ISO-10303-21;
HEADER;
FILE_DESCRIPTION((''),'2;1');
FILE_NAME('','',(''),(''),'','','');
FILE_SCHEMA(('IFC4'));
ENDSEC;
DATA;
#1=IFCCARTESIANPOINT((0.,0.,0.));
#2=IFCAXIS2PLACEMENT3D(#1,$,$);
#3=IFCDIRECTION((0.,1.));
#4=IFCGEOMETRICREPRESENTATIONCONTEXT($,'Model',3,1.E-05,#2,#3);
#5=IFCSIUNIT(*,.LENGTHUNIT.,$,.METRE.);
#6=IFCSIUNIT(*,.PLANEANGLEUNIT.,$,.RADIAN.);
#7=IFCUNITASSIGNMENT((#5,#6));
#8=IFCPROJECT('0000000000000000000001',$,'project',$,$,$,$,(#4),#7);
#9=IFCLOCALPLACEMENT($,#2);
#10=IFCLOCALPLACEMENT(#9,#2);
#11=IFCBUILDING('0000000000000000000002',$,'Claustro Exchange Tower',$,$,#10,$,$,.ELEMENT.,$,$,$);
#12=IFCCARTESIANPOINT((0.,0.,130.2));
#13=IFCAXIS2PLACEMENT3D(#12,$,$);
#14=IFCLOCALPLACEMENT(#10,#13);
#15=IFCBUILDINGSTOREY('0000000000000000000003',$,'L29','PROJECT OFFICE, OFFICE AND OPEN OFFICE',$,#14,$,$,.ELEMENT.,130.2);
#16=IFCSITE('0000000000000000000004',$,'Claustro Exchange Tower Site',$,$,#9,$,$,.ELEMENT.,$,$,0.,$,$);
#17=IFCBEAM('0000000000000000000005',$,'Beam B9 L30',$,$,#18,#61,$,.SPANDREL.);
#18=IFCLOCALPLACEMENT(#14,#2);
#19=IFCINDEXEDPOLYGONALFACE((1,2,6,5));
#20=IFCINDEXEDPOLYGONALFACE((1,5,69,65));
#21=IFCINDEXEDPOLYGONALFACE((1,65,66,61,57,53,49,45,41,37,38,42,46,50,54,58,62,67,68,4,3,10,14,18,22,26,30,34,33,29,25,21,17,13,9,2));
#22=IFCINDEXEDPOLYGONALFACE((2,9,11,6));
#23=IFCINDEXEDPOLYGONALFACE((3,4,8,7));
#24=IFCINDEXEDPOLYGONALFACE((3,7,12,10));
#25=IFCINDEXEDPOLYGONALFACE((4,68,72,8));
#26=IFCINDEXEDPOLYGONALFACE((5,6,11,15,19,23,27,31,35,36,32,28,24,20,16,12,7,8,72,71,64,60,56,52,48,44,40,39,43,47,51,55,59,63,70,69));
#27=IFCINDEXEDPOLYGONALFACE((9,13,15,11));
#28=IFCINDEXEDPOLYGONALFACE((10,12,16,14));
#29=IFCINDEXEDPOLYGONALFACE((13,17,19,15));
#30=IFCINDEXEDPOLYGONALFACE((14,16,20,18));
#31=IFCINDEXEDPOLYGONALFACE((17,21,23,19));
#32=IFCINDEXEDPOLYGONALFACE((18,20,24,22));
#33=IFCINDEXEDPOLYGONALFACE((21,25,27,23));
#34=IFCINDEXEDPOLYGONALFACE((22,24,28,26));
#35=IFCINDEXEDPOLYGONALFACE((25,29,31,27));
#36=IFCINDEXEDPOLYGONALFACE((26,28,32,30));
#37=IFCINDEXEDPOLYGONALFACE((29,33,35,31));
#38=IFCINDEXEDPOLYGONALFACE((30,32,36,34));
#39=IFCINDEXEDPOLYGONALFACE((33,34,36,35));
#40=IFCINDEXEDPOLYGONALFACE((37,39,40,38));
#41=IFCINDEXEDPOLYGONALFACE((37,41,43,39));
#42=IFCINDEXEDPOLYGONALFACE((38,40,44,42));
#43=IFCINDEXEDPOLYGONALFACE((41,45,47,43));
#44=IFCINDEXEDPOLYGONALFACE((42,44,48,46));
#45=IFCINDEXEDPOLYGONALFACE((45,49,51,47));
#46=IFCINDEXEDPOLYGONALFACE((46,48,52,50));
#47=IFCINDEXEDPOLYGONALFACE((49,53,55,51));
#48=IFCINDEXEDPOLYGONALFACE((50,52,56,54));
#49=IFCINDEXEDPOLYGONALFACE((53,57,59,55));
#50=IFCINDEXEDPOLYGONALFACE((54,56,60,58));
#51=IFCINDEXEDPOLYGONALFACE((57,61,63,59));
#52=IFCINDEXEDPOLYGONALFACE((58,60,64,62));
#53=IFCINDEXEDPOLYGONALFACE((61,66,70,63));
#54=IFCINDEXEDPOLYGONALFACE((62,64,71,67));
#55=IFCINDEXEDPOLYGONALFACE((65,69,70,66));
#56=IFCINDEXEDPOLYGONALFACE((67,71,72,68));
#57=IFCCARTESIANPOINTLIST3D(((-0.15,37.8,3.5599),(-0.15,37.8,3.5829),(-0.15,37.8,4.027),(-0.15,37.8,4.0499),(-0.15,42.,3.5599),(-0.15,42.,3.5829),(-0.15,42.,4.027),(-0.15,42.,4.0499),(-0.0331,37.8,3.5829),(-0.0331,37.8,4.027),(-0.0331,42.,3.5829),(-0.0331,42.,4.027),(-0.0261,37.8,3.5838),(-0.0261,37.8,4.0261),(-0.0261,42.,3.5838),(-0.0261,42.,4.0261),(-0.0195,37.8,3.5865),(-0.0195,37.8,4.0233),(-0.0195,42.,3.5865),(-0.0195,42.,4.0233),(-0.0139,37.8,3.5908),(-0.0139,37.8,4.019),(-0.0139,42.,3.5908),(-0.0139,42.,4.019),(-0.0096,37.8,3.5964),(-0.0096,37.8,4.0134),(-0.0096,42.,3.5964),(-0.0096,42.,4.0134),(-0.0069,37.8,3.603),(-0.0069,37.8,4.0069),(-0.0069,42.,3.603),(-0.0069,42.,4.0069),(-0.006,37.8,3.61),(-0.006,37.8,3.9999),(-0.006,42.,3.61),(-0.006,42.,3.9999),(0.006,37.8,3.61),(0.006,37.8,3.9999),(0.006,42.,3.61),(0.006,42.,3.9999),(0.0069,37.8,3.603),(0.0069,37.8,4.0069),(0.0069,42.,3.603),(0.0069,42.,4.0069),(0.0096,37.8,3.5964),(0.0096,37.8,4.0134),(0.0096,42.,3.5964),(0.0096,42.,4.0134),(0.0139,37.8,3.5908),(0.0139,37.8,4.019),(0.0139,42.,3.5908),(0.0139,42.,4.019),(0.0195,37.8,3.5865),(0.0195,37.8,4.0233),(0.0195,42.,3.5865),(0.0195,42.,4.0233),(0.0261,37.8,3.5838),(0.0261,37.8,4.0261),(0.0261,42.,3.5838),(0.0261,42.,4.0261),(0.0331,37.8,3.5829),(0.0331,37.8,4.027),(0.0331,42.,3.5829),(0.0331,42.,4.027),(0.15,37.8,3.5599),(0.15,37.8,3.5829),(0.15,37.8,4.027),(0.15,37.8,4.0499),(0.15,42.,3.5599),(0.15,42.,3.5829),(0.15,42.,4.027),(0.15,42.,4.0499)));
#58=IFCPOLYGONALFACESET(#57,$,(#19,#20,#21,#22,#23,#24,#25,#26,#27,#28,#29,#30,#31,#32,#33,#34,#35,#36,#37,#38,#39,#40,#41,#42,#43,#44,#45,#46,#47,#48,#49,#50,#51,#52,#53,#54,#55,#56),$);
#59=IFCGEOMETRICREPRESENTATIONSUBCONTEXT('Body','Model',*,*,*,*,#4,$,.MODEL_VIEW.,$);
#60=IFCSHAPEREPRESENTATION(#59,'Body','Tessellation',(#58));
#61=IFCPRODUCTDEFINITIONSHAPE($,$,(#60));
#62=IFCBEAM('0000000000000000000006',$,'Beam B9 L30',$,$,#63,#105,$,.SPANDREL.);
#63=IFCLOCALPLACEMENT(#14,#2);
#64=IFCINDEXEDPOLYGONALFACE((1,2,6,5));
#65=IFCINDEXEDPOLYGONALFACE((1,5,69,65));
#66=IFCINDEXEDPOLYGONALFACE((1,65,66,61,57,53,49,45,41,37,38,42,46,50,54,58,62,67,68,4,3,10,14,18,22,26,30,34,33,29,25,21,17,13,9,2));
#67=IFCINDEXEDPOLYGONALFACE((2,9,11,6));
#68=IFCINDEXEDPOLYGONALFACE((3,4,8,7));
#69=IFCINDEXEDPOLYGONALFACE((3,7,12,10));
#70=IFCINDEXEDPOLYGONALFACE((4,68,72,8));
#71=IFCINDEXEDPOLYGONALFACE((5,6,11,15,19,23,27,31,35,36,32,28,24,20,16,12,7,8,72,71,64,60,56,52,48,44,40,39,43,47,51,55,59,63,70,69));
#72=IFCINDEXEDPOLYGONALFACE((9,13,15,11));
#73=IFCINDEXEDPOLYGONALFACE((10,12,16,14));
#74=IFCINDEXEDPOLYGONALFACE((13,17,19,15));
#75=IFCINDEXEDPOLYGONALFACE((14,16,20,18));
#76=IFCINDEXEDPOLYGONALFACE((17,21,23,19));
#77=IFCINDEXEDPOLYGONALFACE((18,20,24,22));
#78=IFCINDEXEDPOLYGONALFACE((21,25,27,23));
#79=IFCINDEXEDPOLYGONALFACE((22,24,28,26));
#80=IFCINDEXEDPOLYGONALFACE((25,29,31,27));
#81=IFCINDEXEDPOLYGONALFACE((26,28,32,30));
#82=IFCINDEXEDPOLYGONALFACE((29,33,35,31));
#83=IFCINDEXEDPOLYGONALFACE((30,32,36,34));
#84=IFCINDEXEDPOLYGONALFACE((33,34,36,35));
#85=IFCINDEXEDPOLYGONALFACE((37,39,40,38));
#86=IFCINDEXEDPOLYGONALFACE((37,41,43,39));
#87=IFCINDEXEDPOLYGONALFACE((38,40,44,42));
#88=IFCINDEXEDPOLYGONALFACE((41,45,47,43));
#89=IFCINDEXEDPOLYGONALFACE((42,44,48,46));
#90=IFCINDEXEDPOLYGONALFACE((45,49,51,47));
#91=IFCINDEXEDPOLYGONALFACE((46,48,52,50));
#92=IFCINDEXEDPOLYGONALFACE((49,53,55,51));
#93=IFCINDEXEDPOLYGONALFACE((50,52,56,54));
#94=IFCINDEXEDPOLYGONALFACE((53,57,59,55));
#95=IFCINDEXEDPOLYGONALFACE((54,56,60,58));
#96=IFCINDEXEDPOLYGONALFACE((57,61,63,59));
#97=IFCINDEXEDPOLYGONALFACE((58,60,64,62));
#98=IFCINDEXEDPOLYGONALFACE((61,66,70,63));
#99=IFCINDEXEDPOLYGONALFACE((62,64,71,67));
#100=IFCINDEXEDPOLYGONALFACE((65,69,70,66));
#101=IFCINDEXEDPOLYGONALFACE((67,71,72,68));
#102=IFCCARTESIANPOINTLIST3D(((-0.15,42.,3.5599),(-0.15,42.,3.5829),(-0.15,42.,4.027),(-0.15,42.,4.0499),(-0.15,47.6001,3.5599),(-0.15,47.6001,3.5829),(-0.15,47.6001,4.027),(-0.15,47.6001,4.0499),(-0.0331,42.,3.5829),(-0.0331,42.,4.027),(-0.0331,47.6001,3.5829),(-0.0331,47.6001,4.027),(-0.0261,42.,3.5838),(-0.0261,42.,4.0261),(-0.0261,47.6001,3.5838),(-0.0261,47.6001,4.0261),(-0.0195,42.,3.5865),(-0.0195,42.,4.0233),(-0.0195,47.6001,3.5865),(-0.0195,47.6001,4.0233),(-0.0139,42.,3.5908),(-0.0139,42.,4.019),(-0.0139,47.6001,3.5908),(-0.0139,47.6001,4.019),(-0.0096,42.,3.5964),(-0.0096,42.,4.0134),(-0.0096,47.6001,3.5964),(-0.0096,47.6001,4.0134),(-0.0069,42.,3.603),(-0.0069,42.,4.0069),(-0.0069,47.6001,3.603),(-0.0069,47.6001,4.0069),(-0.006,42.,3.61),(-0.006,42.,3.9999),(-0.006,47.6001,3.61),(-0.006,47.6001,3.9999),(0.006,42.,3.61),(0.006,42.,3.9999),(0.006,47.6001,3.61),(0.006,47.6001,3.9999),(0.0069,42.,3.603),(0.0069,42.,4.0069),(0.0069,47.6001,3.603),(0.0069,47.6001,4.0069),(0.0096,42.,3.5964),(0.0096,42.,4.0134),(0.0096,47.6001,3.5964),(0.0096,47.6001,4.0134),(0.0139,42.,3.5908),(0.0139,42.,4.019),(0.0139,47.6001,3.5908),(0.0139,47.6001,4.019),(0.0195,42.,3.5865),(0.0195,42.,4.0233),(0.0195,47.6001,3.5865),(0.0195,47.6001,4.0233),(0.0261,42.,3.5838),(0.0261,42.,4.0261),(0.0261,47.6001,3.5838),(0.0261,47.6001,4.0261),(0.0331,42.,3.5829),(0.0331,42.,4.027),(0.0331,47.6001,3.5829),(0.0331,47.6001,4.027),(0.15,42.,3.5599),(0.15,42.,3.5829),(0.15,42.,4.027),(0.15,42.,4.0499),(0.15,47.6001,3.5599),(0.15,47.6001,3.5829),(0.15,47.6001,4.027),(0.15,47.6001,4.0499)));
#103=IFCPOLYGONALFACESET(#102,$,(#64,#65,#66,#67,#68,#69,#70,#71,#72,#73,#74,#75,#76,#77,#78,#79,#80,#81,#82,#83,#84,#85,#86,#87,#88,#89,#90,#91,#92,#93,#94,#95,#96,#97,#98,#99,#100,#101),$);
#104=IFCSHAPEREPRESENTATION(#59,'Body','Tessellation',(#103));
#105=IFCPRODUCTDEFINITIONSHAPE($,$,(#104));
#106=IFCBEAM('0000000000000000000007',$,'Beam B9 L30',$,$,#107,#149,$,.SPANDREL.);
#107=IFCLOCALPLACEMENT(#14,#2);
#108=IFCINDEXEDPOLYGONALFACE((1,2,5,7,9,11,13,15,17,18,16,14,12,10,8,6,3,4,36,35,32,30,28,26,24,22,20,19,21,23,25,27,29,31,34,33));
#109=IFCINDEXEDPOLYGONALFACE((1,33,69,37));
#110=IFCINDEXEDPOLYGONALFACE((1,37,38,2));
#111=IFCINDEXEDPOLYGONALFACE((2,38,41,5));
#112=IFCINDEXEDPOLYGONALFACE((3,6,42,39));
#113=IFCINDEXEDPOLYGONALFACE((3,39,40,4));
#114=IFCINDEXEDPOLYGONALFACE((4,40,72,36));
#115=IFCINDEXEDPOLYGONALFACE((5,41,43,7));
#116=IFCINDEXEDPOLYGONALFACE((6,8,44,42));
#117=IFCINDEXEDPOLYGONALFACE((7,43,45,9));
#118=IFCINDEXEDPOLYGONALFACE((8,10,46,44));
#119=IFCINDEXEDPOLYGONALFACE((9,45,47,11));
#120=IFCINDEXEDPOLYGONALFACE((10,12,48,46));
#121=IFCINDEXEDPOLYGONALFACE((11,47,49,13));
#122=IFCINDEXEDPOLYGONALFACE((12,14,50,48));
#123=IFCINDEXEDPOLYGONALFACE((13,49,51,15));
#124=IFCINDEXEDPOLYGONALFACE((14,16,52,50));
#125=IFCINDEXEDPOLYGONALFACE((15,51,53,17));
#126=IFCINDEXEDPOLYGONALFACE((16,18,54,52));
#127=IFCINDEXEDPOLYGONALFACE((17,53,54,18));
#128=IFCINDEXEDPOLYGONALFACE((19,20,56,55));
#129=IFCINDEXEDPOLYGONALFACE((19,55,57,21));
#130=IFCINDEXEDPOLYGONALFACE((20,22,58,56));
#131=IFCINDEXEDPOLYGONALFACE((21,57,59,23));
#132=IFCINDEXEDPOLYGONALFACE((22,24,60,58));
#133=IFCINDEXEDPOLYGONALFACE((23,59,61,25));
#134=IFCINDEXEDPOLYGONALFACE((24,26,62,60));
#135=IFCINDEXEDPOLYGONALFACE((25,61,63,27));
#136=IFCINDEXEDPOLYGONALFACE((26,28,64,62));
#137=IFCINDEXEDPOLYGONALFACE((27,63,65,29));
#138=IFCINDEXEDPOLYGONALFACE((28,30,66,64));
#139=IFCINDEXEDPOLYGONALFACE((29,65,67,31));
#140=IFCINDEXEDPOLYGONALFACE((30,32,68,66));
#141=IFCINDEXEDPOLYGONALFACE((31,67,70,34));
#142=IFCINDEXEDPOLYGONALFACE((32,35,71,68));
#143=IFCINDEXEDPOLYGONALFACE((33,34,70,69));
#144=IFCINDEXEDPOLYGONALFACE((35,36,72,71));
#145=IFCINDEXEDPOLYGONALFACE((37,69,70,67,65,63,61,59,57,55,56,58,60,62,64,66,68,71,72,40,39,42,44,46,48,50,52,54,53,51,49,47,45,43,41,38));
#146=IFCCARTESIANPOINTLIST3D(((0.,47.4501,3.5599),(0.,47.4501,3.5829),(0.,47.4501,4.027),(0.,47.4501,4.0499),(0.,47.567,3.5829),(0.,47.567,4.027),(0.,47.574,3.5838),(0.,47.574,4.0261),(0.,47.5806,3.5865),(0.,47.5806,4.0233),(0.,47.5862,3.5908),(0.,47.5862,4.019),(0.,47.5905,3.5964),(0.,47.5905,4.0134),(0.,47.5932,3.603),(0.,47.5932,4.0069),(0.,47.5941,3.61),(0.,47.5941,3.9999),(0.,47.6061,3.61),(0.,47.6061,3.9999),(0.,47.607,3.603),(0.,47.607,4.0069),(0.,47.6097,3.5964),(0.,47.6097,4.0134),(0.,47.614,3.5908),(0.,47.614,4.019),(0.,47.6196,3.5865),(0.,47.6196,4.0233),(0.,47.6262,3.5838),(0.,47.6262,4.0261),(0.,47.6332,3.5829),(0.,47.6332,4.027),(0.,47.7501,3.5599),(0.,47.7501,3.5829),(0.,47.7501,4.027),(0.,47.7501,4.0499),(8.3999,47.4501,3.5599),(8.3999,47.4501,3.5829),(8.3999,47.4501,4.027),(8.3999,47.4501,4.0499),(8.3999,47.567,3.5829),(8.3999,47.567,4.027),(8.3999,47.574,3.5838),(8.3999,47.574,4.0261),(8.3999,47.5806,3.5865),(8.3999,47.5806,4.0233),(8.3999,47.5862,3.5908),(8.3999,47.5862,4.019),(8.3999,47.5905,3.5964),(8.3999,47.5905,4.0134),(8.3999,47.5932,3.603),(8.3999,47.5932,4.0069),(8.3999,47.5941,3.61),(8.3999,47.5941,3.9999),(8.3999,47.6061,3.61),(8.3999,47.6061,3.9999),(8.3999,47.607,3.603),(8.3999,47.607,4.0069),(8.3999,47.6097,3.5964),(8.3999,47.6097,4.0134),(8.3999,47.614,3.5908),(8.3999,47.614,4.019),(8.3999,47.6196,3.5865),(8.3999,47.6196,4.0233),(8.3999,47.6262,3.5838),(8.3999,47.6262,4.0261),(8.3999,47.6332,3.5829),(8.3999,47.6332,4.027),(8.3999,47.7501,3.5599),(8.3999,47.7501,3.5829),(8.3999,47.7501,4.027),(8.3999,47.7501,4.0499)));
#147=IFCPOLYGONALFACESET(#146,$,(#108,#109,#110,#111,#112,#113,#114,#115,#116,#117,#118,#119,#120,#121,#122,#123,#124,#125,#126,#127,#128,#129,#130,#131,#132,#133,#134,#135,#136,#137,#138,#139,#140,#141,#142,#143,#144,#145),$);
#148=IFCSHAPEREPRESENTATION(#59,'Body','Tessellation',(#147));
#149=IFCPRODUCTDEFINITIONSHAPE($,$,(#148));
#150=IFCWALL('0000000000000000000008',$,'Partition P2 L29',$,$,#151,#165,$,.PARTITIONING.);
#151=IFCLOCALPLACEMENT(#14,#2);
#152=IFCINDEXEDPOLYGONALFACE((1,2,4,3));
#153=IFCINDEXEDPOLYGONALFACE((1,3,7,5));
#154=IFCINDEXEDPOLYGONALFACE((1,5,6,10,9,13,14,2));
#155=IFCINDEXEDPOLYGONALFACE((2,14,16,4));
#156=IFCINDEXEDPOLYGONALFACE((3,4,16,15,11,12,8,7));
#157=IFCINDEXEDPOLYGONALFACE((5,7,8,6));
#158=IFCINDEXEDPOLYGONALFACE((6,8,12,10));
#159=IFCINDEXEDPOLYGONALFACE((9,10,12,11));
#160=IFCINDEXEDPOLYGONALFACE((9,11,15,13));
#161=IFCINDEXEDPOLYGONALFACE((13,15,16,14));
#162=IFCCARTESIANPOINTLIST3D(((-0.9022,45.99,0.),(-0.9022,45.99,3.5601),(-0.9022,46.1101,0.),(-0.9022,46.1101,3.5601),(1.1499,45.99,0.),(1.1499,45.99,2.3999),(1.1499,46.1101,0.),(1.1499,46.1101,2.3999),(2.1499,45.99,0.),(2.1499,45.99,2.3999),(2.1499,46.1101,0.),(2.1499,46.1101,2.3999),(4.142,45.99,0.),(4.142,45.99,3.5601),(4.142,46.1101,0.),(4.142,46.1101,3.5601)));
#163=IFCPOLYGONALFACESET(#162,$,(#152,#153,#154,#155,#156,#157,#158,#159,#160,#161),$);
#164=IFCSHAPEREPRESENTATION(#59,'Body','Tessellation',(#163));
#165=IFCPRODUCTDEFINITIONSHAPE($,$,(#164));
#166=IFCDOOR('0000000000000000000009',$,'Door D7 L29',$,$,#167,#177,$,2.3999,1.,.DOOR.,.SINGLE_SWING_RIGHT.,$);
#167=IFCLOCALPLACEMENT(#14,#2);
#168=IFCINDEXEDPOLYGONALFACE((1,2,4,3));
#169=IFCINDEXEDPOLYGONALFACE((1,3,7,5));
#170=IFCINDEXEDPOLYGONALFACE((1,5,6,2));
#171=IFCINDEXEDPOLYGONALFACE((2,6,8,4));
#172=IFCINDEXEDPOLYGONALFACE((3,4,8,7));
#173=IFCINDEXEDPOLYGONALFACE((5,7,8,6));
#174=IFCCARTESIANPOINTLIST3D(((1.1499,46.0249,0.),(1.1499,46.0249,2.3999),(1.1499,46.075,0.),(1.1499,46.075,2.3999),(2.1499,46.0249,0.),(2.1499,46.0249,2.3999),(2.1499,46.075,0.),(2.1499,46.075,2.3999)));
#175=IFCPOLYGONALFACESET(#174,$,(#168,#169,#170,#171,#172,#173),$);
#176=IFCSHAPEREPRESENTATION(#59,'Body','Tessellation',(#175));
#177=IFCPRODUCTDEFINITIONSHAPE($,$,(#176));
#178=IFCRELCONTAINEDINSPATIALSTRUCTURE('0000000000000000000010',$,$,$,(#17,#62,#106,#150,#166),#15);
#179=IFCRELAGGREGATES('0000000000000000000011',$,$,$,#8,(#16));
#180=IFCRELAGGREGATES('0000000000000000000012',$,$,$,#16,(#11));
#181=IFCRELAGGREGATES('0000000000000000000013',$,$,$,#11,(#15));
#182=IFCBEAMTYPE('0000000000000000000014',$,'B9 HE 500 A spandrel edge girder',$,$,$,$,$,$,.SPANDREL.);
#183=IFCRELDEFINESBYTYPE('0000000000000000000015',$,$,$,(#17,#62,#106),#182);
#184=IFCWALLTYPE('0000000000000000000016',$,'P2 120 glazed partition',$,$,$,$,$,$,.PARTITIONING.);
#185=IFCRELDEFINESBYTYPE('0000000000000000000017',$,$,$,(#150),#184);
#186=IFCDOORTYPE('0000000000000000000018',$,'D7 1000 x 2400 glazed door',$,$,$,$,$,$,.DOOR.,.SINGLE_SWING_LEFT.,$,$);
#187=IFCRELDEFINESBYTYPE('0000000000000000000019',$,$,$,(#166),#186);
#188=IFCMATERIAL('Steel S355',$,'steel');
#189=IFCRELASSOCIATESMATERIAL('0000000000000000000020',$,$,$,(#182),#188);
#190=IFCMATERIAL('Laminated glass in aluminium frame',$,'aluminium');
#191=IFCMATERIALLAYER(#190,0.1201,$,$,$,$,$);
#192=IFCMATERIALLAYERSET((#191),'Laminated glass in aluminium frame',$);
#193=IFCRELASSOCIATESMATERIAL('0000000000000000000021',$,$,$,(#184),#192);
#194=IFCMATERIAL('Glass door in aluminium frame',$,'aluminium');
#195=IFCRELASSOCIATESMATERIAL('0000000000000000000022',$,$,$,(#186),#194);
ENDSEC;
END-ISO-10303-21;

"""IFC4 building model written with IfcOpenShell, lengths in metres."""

from ifc_helpers import new_model, si_unit, direction, frame, frame_2d, origin, origin_2d, place, context, subcontext, project, spatial, rectangle, i_section, extrude, material, layer, layer_set, material_profile, profile_set, type_object, element, fill, save


model = new_model("IFC4")

# Units and contexts
model_context = context("Model", 3, precision=1e-05, world=origin(), true_north=direction((0.0, 1.0)))
body_context = subcontext(model_context, "Body", "Model", "MODEL_VIEW")
ifc_project = project(units=[si_unit("LENGTHUNIT", "METRE"), si_unit("PLANEANGLEUNIT", "RADIAN")], contexts=[model_context])

# Site, building, storey
site_placement = place(None, origin())
site = spatial("IfcSite", under=ifc_project, at=site_placement, Name="Claustro Exchange Tower Site", CompositionType="ELEMENT", RefElevation=0.0)
building_placement = place(site_placement, origin())
building = spatial("IfcBuilding", under=site, at=building_placement, Name="Claustro Exchange Tower", CompositionType="ELEMENT")
storey_placement = place(building_placement, frame((0.0, 0.0, 130.2)))
storey = spatial("IfcBuildingStorey", under=building, at=storey_placement, Name="L29", Description="PROJECT OFFICE, OFFICE AND OPEN OFFICE", CompositionType="ELEMENT", Elevation=130.2)

# Beams
ifc_material_1 = material(Name="Steel S355", Category="steel")
ifc_material_profile_1 = material_profile(ifc_material_1, i_section(OverallWidth=0.3, OverallDepth=0.49, WebThickness=0.012, FlangeThickness=0.0229, FilletRadius=0.0271, at=origin_2d()), Name="HE 500 A")
ifc_profile_set_1 = profile_set([ifc_material_profile_1], Name="Steel S355")
beam_type_1 = type_object("IfcBeamType", Name="B9 HE 500 A spandrel edge girder", PredefinedType="SPANDREL", material=ifc_profile_set_1)
beam_1_placement = place(storey_placement, frame((0.0, 37.8, 3.8049), z_axis=(0.0, 1.0, 0.0), x_axis=(-1.0, 0.0, 0.0)))
element("IfcBeam", 1, at=beam_1_placement, inside=storey, type_object=beam_type_1, Name="Beam B9 L30", PredefinedType="SPANDREL", context=body_context, shape_type="SweptSolid", body=[
    extrude(i_section(OverallWidth=0.3, OverallDepth=0.49, WebThickness=0.012, FlangeThickness=0.0229, FilletRadius=0.0271, at=origin_2d()), origin(), (0.0, 0.0, 1.0), 4.2),
])
beam_2_placement = place(storey_placement, frame((0.0, 42.0, 3.8049), z_axis=(0.0, 1.0, 0.0), x_axis=(-1.0, 0.0, 0.0)))
element("IfcBeam", 2, at=beam_2_placement, inside=storey, type_object=beam_type_1, Name="Beam B9 L30", PredefinedType="SPANDREL", context=body_context, shape_type="SweptSolid", body=[
    extrude(i_section(OverallWidth=0.3, OverallDepth=0.49, WebThickness=0.012, FlangeThickness=0.0229, FilletRadius=0.0271, at=origin_2d()), origin(), (0.0, 0.0, 1.0), 5.6001),
])
beam_3_placement = place(storey_placement, frame((0.0, 47.6001, 3.8049), z_axis=(1.0, 0.0, 0.0), x_axis=(0.0, 1.0, 0.0)))
element("IfcBeam", 3, at=beam_3_placement, inside=storey, type_object=beam_type_1, Name="Beam B9 L30", PredefinedType="SPANDREL", context=body_context, shape_type="SweptSolid", body=[
    extrude(i_section(OverallWidth=0.3, OverallDepth=0.49, WebThickness=0.012, FlangeThickness=0.0229, FilletRadius=0.0271, at=origin_2d()), origin(), (0.0, 0.0, 1.0), 8.3999),
])

# Wall, opening, door
ifc_material_2 = material(Name="Laminated glass in aluminium frame", Category="aluminium")
ifc_layer_1 = layer(ifc_material_2, 0.1201)
ifc_layer_set_1 = layer_set([ifc_layer_1], Name="Laminated glass in aluminium frame")
wall_type_1 = type_object("IfcWallType", Name="P2 120 glazed partition", PredefinedType="PARTITIONING", material=ifc_layer_set_1)
wall_1_placement = place(storey_placement, frame((-0.9021, 46.05, 0.0), z_axis=(0.0, 0.0, 1.0), x_axis=(1.0, 0.0, 0.0)))
wall_1 = element("IfcWall", 4, at=wall_1_placement, inside=storey, type_object=wall_type_1, Name="Partition P2 L29", PredefinedType="PARTITIONING", context=body_context, shape_type="SweptSolid", body=[
    extrude(rectangle(XDim=5.0442, YDim=0.1201, at=frame_2d((2.522, 0.0))), origin(), (0.0, 0.0, 1.0), 3.5601),
])
opening_1_placement = place(wall_1_placement, frame((2.052, 0.0, 0.0)))
opening_1 = element("IfcOpeningElement", 5, at=opening_1_placement, cuts=wall_1, PredefinedType="OPENING", context=body_context, shape_type="SweptSolid", body=[
    extrude(rectangle(XDim=1.0, YDim=2.3999, at=frame_2d((0.5, 1.2))), frame((0.0, 0.0701, 0.0), z_axis=(0.0, -1.0, 0.0), x_axis=(1.0, 0.0, 0.0)), (0.0, 0.0, 1.0), 0.1401),
])
ifc_material_3 = material(Name="Glass door in aluminium frame", Category="aluminium")
door_type = type_object("IfcDoorType", Name="D7 1000 x 2400 glazed door", OperationType="SINGLE_SWING_LEFT", PredefinedType="DOOR", material=ifc_material_3)
door_1_placement = place(opening_1_placement, origin())
door_1 = element("IfcDoor", 6, at=door_1_placement, inside=storey, type_object=door_type, Name="Door D7 L29", OperationType="SINGLE_SWING_RIGHT", OverallHeight=2.3999, OverallWidth=1.0, PredefinedType="DOOR", context=body_context, shape_type="SweptSolid", body=[
    extrude(rectangle(XDim=1.0, YDim=2.3999, at=frame_2d((0.5, 1.2))), frame((0.0, 0.0249, 0.0), z_axis=(0.0, -1.0, 0.0), x_axis=(1.0, 0.0, 0.0)), (0.0, 0.0, 1.0), 0.05),
])
fill(opening_1, door_1)

save(model, "model.ifc")
